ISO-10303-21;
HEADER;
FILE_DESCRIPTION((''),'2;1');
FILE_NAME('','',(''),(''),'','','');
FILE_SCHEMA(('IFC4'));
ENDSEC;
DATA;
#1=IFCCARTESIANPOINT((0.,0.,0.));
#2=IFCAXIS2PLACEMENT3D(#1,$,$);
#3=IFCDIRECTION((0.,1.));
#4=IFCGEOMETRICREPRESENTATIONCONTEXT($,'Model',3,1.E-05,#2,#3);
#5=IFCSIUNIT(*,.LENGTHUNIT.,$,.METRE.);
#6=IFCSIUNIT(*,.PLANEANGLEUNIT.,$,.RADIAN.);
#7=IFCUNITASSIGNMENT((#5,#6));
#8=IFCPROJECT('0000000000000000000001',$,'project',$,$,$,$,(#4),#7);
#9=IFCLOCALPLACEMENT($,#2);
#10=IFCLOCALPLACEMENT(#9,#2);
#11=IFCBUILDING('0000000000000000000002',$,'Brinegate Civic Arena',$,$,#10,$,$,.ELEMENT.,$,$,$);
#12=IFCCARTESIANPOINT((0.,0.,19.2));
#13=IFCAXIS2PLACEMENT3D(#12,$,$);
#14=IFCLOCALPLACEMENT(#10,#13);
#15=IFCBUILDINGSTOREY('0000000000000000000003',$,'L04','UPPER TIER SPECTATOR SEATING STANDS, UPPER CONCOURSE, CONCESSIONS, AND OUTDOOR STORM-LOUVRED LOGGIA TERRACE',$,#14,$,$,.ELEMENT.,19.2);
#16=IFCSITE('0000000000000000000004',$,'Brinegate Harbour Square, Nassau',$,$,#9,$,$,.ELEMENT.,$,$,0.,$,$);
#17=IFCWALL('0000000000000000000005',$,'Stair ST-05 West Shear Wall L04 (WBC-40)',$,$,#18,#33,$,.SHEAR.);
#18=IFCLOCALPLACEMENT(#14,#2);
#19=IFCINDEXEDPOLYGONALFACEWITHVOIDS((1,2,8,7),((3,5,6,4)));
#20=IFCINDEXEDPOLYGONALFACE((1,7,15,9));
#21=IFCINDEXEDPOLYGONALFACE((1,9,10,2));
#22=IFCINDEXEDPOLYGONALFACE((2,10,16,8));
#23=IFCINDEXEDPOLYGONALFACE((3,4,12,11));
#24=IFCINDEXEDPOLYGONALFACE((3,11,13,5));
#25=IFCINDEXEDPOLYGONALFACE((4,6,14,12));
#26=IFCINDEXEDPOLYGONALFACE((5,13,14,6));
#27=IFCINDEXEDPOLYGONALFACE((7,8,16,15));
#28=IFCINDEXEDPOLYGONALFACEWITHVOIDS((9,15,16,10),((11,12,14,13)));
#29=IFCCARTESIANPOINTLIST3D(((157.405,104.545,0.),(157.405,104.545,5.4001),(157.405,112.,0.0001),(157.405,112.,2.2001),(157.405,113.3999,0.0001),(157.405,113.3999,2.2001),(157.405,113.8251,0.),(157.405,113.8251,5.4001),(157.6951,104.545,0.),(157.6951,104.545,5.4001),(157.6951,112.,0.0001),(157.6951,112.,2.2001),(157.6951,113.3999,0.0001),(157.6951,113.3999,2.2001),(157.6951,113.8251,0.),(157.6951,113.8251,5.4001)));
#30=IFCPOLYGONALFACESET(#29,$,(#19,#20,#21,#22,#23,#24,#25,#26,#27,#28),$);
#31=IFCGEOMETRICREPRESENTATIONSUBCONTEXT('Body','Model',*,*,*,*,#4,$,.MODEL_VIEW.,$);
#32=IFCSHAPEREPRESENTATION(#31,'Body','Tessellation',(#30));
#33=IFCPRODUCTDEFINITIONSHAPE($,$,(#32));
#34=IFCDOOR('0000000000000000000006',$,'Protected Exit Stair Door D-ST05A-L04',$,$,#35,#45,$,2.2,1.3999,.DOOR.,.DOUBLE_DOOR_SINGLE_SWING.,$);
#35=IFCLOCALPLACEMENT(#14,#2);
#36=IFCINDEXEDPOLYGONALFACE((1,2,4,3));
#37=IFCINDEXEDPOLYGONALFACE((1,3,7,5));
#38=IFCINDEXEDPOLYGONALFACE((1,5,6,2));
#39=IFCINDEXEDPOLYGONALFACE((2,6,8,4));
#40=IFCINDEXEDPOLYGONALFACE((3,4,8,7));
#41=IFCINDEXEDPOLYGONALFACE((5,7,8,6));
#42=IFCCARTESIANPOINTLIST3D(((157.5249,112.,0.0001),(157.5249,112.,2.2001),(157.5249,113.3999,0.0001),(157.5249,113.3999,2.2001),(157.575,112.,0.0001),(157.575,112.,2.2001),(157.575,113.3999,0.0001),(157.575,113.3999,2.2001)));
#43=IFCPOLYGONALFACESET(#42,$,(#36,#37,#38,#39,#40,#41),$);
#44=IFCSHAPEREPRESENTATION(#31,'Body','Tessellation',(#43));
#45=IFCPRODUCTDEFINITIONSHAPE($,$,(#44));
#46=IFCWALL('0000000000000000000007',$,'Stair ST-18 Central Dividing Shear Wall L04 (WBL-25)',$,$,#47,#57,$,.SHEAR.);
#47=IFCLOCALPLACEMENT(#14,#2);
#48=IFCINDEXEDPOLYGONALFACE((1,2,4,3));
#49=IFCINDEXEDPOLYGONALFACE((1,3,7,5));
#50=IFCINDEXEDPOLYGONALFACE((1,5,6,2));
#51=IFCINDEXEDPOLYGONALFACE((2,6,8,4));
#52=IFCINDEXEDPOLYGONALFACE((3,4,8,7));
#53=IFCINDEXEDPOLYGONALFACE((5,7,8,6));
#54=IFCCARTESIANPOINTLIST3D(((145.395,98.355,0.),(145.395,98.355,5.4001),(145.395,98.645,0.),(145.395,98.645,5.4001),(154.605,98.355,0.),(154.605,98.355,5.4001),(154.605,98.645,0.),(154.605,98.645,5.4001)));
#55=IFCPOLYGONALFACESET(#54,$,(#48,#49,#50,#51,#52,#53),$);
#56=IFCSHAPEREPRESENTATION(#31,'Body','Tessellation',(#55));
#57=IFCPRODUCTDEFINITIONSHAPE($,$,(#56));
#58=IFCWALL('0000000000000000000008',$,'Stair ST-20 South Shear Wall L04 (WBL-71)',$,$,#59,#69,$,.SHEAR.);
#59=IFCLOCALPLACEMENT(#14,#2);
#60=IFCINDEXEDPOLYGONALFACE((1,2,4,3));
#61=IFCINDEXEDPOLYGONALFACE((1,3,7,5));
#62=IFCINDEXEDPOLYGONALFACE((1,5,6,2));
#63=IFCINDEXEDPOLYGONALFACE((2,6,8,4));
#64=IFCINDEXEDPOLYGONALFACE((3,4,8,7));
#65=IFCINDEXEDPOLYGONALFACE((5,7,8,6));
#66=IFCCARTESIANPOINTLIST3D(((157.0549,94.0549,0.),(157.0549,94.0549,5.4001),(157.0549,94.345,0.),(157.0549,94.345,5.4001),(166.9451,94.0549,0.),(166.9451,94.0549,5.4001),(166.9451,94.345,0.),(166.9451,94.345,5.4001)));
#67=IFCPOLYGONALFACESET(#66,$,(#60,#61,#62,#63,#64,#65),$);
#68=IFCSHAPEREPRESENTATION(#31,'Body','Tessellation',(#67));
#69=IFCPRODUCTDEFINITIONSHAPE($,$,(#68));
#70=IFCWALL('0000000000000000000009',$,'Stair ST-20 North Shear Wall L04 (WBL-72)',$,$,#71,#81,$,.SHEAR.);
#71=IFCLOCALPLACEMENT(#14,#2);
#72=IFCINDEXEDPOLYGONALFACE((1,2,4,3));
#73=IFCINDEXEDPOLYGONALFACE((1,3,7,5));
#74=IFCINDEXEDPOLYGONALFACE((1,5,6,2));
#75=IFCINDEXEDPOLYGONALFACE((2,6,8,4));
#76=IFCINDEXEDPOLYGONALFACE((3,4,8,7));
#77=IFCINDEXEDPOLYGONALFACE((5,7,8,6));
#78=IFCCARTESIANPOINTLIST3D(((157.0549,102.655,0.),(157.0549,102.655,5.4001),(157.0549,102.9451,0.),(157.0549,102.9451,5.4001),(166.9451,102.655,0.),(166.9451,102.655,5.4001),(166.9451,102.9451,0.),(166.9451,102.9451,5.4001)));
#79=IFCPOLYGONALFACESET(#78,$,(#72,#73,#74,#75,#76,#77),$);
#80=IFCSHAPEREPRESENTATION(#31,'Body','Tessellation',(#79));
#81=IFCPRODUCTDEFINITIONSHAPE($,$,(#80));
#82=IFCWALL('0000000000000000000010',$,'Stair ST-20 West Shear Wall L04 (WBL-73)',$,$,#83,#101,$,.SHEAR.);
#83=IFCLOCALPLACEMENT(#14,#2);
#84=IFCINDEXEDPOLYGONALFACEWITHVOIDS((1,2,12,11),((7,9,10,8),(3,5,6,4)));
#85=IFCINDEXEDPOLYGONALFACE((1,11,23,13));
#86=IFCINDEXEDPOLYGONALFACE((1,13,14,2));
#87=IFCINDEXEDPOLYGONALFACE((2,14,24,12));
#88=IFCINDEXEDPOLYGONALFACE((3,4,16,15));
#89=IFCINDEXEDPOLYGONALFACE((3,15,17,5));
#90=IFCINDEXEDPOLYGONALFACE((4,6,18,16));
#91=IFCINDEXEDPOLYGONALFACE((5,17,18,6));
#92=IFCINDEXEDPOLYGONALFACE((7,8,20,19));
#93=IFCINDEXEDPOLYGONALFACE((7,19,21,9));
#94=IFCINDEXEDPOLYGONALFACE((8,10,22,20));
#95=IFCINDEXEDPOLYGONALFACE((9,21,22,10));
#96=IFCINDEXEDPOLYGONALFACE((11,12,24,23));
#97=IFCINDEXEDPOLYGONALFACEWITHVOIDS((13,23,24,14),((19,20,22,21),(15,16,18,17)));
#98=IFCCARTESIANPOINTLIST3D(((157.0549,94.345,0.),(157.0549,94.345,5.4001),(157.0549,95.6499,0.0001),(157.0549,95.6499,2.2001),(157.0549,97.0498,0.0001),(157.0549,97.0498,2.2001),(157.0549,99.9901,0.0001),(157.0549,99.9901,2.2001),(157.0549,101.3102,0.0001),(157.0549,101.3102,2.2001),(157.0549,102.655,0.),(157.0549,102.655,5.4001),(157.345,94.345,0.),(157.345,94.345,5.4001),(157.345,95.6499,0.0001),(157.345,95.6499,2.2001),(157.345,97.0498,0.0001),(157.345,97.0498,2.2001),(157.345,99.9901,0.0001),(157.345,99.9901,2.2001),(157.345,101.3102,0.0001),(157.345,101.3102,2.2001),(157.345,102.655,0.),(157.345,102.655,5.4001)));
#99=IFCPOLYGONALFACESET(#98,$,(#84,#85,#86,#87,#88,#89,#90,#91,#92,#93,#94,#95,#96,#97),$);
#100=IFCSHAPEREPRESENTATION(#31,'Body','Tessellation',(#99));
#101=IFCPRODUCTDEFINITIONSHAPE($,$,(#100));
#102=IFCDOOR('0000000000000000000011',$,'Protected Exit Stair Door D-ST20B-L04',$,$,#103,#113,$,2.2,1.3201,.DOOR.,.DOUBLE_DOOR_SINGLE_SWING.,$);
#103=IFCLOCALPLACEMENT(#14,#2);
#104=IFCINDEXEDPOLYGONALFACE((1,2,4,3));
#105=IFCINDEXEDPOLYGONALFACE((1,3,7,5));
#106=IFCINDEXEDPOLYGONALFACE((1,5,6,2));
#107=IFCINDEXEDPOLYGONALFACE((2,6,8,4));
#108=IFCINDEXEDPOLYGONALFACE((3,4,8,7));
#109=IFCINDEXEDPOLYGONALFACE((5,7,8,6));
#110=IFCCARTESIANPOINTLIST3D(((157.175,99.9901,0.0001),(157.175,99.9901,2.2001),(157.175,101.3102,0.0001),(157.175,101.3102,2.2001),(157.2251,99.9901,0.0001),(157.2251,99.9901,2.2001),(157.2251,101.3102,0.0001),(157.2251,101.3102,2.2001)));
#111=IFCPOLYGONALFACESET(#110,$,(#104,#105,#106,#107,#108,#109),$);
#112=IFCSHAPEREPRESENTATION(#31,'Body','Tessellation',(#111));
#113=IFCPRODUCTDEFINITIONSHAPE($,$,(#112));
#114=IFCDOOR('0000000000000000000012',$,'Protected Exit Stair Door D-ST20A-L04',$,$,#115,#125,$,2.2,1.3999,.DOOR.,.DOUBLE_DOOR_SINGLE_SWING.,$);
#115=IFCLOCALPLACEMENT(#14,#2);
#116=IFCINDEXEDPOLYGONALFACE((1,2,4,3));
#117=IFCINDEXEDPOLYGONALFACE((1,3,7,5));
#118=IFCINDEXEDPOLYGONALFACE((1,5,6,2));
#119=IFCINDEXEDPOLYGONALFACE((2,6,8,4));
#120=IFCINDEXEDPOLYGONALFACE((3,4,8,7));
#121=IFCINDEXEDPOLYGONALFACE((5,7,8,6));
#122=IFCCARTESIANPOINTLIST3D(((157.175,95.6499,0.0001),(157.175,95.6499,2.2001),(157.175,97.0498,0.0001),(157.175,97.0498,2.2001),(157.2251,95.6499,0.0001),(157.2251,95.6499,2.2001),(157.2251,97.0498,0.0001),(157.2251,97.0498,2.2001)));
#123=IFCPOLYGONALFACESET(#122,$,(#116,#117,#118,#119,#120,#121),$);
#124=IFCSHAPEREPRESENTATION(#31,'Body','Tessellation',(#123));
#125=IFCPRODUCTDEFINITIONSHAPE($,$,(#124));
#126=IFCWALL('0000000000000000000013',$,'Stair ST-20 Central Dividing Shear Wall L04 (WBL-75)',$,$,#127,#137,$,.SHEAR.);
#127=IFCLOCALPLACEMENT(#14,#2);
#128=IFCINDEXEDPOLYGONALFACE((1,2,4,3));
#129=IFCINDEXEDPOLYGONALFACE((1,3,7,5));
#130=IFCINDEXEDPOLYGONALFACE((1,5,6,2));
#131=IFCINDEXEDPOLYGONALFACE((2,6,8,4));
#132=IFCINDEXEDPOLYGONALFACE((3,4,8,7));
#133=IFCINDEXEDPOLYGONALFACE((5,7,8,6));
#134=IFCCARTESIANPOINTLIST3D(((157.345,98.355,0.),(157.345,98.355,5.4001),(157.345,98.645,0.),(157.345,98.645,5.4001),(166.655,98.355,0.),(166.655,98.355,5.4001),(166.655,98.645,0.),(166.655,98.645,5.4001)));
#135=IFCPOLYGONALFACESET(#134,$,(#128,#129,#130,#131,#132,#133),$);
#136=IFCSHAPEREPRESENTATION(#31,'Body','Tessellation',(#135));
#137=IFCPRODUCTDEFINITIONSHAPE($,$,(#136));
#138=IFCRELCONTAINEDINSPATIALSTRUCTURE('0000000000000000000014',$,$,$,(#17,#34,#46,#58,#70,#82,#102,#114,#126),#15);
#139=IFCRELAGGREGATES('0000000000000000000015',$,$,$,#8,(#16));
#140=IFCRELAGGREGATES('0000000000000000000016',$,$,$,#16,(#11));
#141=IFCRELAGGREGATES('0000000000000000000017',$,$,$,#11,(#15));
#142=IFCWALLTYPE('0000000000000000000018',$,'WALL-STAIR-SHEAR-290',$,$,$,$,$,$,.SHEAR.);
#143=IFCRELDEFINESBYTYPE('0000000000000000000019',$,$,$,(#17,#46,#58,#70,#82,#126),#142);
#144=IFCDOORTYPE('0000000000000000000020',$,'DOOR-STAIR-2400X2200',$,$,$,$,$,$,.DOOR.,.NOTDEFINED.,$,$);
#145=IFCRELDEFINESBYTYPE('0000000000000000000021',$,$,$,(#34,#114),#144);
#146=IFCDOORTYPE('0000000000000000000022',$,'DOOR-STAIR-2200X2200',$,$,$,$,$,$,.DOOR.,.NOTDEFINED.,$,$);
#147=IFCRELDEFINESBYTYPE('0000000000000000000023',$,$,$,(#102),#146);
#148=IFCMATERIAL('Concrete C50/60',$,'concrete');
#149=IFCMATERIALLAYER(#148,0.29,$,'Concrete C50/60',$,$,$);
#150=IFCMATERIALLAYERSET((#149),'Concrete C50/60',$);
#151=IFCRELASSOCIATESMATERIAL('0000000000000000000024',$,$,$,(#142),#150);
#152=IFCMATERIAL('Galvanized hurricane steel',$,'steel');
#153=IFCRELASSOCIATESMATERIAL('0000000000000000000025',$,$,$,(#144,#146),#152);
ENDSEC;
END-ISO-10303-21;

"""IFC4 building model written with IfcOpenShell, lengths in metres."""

from ifc_helpers import new_model, si_unit, direction, frame, frame_2d, origin, place, context, subcontext, project, spatial, rectangle, extrude, material, layer, layer_set, type_object, element, fill, save


model = new_model("IFC4")

# Units and contexts
model_context = context("Model", 3, precision=1e-05, world=origin(), true_north=direction((0.0, 1.0)))
body_context = subcontext(model_context, "Body", "Model", "MODEL_VIEW")
ifc_project = project(units=[si_unit("LENGTHUNIT", "METRE"), si_unit("PLANEANGLEUNIT", "RADIAN")], contexts=[model_context])

# Site, building, storey
site_placement = place(None, origin())
site = spatial("IfcSite", under=ifc_project, at=site_placement, Name="Brinegate Harbour Square, Nassau", CompositionType="ELEMENT", RefElevation=0.0)
building_placement = place(site_placement, origin())
building = spatial("IfcBuilding", under=site, at=building_placement, Name="Brinegate Civic Arena", CompositionType="ELEMENT")
storey_placement = place(building_placement, frame((0.0, 0.0, 19.2)))
storey = spatial("IfcBuildingStorey", under=building, at=storey_placement, Name="L04", Description="UPPER TIER SPECTATOR SEATING STANDS, UPPER CONCOURSE, CONCESSIONS, AND OUTDOOR STORM-LOUVRED LOGGIA TERRACE", CompositionType="ELEMENT", Elevation=19.2)

# Shared definitions
ifc_material_1 = material(Name="Concrete C50/60", Category="concrete")

# Shared definitions
ifc_layer_1 = layer(ifc_material_1, 0.29, Name="Concrete C50/60")
ifc_layer_set_1 = layer_set([ifc_layer_1], Name="Concrete C50/60")
wall_type_1 = type_object("IfcWallType", Name="WALL-STAIR-SHEAR-290", PredefinedType="SHEAR", material=ifc_layer_set_1)

# Wall, opening, door
wall_1_placement = place(storey_placement, frame((157.55, 104.5449, 0.0), z_axis=(0.0, 0.0, 1.0), x_axis=(0.0, 1.0, 0.0)))
wall_1 = element("IfcWall", 1, at=wall_1_placement, inside=storey, type_object=wall_type_1, Name="Stair ST-05 West Shear Wall L04 (WBC-40)", PredefinedType="SHEAR", context=body_context, shape_type="SweptSolid", body=[
    extrude(rectangle(XDim=9.28, YDim=0.29, at=frame_2d((4.6401, 0.0))), origin(), (0.0, 0.0, 1.0), 5.4001),
])
opening_1_placement = place(wall_1_placement, frame((7.4551, 0.0, 0.0)))
opening_1 = element("IfcOpeningElement", 2, at=opening_1_placement, cuts=wall_1, PredefinedType="OPENING", context=body_context, shape_type="SweptSolid", body=[
    extrude(rectangle(XDim=1.3999, YDim=2.2, at=frame_2d((0.7, 1.1001))), frame((0.0, 0.155, 0.0), z_axis=(0.0, -1.0, 0.0), x_axis=(1.0, 0.0, 0.0)), (0.0, 0.0, 1.0), 0.3101),
])
ifc_material_2 = material(Name="Galvanized hurricane steel", Category="steel")
door_type_1 = type_object("IfcDoorType", Name="DOOR-STAIR-2400X2200", OperationType="NOTDEFINED", PredefinedType="DOOR", material=ifc_material_2)
door_1_placement = place(opening_1_placement, frame((1.3999, 0.0, 0.0), z_axis=(0.0, 0.0, 1.0), x_axis=(-1.0, 0.0, 0.0)))
door_1 = element("IfcDoor", 3, at=door_1_placement, inside=storey, type_object=door_type_1, Name="Protected Exit Stair Door D-ST05A-L04", OperationType="DOUBLE_DOOR_SINGLE_SWING", OverallHeight=2.2, OverallWidth=1.3999, PredefinedType="DOOR", context=body_context, shape_type="SweptSolid", body=[
    extrude(rectangle(XDim=1.3999, YDim=2.2, at=frame_2d((0.7, 1.1001))), frame((0.0, 0.0249, 0.0), z_axis=(0.0, -1.0, 0.0), x_axis=(1.0, 0.0, 0.0)), (0.0, 0.0, 1.0), 0.05),
])
fill(opening_1, door_1)

# Walls
wall_2_placement = place(storey_placement, frame((145.395, 98.5, 0.0), z_axis=(0.0, 0.0, 1.0), x_axis=(1.0, 0.0, 0.0)))
element("IfcWall", 4, at=wall_2_placement, inside=storey, type_object=wall_type_1, Name="Stair ST-18 Central Dividing Shear Wall L04 (WBL-25)", PredefinedType="SHEAR", context=body_context, shape_type="SweptSolid", body=[
    extrude(rectangle(XDim=9.21, YDim=0.29, at=frame_2d((4.605, 0.0))), origin(), (0.0, 0.0, 1.0), 5.4001),
])
for number, where, z_axis, x_axis, name in (
    (5, (157.0549, 94.2, 0.0), (0.0, 0.0, 1.0), (1.0, 0.0, 0.0), "Stair ST-20 South Shear Wall L04 (WBL-71)"),
    (6, (157.0549, 102.8, 0.0), (0.0, 0.0, 1.0), (1.0, 0.0, 0.0), "Stair ST-20 North Shear Wall L04 (WBL-72)"),
):
    element("IfcWall", number, at=place(storey_placement, frame(where, z_axis=z_axis, x_axis=x_axis)), inside=storey, type_object=wall_type_1, Name=name, PredefinedType="SHEAR", context=body_context, shape_type="SweptSolid", body=[
        extrude(rectangle(XDim=9.8901, YDim=0.29, at=frame_2d((4.9451, 0.0))), origin(), (0.0, 0.0, 1.0), 5.4001),
    ])

# Wall, openings, doors
wall_3_placement = place(storey_placement, frame((157.2, 94.345, 0.0), z_axis=(0.0, 0.0, 1.0), x_axis=(0.0, 1.0, 0.0)))
wall_3 = element("IfcWall", 7, at=wall_3_placement, inside=storey, type_object=wall_type_1, Name="Stair ST-20 West Shear Wall L04 (WBL-73)", PredefinedType="SHEAR", context=body_context, shape_type="SweptSolid", body=[
    extrude(rectangle(XDim=8.3101, YDim=0.29, at=frame_2d((4.155, 0.0))), origin(), (0.0, 0.0, 1.0), 5.4001),
])
opening_2_placement = place(wall_3_placement, frame((1.3049, 0.0, 0.0)))
opening_2 = element("IfcOpeningElement", 8, at=opening_2_placement, cuts=wall_3, PredefinedType="OPENING", context=body_context, shape_type="SweptSolid", body=[
    extrude(rectangle(XDim=1.3999, YDim=2.2, at=frame_2d((0.7, 1.1001))), frame((0.0, 0.155, 0.0), z_axis=(0.0, -1.0, 0.0), x_axis=(1.0, 0.0, 0.0)), (0.0, 0.0, 1.0), 0.3101),
])
opening_3_placement = place(wall_3_placement, frame((5.645, 0.0, 0.0)))
opening_3 = element("IfcOpeningElement", 9, at=opening_3_placement, cuts=wall_3, PredefinedType="OPENING", context=body_context, shape_type="SweptSolid", body=[
    extrude(rectangle(XDim=1.3201, YDim=2.2, at=frame_2d((0.6602, 1.1001))), frame((0.0, 0.155, 0.0), z_axis=(0.0, -1.0, 0.0), x_axis=(1.0, 0.0, 0.0)), (0.0, 0.0, 1.0), 0.3101),
])
door_type_2 = type_object("IfcDoorType", Name="DOOR-STAIR-2200X2200", OperationType="NOTDEFINED", PredefinedType="DOOR", material=ifc_material_2)
door_2_placement = place(opening_3_placement, origin())
door_2 = element("IfcDoor", 10, at=door_2_placement, inside=storey, type_object=door_type_2, Name="Protected Exit Stair Door D-ST20B-L04", OperationType="DOUBLE_DOOR_SINGLE_SWING", OverallHeight=2.2, OverallWidth=1.3201, PredefinedType="DOOR", context=body_context, shape_type="SweptSolid", body=[
    extrude(rectangle(XDim=1.3201, YDim=2.2, at=frame_2d((0.6602, 1.1001))), frame((0.0, 0.0249, 0.0), z_axis=(0.0, -1.0, 0.0), x_axis=(1.0, 0.0, 0.0)), (0.0, 0.0, 1.0), 0.05),
])
fill(opening_3, door_2)
door_3_placement = place(opening_2_placement, origin())
door_3 = element("IfcDoor", 11, at=door_3_placement, inside=storey, type_object=door_type_1, Name="Protected Exit Stair Door D-ST20A-L04", OperationType="DOUBLE_DOOR_SINGLE_SWING", OverallHeight=2.2, OverallWidth=1.3999, PredefinedType="DOOR", context=body_context, shape_type="SweptSolid", body=[
    extrude(rectangle(XDim=1.3999, YDim=2.2, at=frame_2d((0.7, 1.1001))), frame((0.0, 0.0249, 0.0), z_axis=(0.0, -1.0, 0.0), x_axis=(1.0, 0.0, 0.0)), (0.0, 0.0, 1.0), 0.05),
])
fill(opening_2, door_3)

# Wall
wall_4_placement = place(storey_placement, frame((157.345, 98.5, 0.0), z_axis=(0.0, 0.0, 1.0), x_axis=(1.0, 0.0, 0.0)))
element("IfcWall", 12, at=wall_4_placement, inside=storey, type_object=wall_type_1, Name="Stair ST-20 Central Dividing Shear Wall L04 (WBL-75)", PredefinedType="SHEAR", context=body_context, shape_type="SweptSolid", body=[
    extrude(rectangle(XDim=9.3101, YDim=0.29, at=frame_2d((4.655, 0.0))), origin(), (0.0, 0.0, 1.0), 5.4001),
])

save(model, "model.ifc")
